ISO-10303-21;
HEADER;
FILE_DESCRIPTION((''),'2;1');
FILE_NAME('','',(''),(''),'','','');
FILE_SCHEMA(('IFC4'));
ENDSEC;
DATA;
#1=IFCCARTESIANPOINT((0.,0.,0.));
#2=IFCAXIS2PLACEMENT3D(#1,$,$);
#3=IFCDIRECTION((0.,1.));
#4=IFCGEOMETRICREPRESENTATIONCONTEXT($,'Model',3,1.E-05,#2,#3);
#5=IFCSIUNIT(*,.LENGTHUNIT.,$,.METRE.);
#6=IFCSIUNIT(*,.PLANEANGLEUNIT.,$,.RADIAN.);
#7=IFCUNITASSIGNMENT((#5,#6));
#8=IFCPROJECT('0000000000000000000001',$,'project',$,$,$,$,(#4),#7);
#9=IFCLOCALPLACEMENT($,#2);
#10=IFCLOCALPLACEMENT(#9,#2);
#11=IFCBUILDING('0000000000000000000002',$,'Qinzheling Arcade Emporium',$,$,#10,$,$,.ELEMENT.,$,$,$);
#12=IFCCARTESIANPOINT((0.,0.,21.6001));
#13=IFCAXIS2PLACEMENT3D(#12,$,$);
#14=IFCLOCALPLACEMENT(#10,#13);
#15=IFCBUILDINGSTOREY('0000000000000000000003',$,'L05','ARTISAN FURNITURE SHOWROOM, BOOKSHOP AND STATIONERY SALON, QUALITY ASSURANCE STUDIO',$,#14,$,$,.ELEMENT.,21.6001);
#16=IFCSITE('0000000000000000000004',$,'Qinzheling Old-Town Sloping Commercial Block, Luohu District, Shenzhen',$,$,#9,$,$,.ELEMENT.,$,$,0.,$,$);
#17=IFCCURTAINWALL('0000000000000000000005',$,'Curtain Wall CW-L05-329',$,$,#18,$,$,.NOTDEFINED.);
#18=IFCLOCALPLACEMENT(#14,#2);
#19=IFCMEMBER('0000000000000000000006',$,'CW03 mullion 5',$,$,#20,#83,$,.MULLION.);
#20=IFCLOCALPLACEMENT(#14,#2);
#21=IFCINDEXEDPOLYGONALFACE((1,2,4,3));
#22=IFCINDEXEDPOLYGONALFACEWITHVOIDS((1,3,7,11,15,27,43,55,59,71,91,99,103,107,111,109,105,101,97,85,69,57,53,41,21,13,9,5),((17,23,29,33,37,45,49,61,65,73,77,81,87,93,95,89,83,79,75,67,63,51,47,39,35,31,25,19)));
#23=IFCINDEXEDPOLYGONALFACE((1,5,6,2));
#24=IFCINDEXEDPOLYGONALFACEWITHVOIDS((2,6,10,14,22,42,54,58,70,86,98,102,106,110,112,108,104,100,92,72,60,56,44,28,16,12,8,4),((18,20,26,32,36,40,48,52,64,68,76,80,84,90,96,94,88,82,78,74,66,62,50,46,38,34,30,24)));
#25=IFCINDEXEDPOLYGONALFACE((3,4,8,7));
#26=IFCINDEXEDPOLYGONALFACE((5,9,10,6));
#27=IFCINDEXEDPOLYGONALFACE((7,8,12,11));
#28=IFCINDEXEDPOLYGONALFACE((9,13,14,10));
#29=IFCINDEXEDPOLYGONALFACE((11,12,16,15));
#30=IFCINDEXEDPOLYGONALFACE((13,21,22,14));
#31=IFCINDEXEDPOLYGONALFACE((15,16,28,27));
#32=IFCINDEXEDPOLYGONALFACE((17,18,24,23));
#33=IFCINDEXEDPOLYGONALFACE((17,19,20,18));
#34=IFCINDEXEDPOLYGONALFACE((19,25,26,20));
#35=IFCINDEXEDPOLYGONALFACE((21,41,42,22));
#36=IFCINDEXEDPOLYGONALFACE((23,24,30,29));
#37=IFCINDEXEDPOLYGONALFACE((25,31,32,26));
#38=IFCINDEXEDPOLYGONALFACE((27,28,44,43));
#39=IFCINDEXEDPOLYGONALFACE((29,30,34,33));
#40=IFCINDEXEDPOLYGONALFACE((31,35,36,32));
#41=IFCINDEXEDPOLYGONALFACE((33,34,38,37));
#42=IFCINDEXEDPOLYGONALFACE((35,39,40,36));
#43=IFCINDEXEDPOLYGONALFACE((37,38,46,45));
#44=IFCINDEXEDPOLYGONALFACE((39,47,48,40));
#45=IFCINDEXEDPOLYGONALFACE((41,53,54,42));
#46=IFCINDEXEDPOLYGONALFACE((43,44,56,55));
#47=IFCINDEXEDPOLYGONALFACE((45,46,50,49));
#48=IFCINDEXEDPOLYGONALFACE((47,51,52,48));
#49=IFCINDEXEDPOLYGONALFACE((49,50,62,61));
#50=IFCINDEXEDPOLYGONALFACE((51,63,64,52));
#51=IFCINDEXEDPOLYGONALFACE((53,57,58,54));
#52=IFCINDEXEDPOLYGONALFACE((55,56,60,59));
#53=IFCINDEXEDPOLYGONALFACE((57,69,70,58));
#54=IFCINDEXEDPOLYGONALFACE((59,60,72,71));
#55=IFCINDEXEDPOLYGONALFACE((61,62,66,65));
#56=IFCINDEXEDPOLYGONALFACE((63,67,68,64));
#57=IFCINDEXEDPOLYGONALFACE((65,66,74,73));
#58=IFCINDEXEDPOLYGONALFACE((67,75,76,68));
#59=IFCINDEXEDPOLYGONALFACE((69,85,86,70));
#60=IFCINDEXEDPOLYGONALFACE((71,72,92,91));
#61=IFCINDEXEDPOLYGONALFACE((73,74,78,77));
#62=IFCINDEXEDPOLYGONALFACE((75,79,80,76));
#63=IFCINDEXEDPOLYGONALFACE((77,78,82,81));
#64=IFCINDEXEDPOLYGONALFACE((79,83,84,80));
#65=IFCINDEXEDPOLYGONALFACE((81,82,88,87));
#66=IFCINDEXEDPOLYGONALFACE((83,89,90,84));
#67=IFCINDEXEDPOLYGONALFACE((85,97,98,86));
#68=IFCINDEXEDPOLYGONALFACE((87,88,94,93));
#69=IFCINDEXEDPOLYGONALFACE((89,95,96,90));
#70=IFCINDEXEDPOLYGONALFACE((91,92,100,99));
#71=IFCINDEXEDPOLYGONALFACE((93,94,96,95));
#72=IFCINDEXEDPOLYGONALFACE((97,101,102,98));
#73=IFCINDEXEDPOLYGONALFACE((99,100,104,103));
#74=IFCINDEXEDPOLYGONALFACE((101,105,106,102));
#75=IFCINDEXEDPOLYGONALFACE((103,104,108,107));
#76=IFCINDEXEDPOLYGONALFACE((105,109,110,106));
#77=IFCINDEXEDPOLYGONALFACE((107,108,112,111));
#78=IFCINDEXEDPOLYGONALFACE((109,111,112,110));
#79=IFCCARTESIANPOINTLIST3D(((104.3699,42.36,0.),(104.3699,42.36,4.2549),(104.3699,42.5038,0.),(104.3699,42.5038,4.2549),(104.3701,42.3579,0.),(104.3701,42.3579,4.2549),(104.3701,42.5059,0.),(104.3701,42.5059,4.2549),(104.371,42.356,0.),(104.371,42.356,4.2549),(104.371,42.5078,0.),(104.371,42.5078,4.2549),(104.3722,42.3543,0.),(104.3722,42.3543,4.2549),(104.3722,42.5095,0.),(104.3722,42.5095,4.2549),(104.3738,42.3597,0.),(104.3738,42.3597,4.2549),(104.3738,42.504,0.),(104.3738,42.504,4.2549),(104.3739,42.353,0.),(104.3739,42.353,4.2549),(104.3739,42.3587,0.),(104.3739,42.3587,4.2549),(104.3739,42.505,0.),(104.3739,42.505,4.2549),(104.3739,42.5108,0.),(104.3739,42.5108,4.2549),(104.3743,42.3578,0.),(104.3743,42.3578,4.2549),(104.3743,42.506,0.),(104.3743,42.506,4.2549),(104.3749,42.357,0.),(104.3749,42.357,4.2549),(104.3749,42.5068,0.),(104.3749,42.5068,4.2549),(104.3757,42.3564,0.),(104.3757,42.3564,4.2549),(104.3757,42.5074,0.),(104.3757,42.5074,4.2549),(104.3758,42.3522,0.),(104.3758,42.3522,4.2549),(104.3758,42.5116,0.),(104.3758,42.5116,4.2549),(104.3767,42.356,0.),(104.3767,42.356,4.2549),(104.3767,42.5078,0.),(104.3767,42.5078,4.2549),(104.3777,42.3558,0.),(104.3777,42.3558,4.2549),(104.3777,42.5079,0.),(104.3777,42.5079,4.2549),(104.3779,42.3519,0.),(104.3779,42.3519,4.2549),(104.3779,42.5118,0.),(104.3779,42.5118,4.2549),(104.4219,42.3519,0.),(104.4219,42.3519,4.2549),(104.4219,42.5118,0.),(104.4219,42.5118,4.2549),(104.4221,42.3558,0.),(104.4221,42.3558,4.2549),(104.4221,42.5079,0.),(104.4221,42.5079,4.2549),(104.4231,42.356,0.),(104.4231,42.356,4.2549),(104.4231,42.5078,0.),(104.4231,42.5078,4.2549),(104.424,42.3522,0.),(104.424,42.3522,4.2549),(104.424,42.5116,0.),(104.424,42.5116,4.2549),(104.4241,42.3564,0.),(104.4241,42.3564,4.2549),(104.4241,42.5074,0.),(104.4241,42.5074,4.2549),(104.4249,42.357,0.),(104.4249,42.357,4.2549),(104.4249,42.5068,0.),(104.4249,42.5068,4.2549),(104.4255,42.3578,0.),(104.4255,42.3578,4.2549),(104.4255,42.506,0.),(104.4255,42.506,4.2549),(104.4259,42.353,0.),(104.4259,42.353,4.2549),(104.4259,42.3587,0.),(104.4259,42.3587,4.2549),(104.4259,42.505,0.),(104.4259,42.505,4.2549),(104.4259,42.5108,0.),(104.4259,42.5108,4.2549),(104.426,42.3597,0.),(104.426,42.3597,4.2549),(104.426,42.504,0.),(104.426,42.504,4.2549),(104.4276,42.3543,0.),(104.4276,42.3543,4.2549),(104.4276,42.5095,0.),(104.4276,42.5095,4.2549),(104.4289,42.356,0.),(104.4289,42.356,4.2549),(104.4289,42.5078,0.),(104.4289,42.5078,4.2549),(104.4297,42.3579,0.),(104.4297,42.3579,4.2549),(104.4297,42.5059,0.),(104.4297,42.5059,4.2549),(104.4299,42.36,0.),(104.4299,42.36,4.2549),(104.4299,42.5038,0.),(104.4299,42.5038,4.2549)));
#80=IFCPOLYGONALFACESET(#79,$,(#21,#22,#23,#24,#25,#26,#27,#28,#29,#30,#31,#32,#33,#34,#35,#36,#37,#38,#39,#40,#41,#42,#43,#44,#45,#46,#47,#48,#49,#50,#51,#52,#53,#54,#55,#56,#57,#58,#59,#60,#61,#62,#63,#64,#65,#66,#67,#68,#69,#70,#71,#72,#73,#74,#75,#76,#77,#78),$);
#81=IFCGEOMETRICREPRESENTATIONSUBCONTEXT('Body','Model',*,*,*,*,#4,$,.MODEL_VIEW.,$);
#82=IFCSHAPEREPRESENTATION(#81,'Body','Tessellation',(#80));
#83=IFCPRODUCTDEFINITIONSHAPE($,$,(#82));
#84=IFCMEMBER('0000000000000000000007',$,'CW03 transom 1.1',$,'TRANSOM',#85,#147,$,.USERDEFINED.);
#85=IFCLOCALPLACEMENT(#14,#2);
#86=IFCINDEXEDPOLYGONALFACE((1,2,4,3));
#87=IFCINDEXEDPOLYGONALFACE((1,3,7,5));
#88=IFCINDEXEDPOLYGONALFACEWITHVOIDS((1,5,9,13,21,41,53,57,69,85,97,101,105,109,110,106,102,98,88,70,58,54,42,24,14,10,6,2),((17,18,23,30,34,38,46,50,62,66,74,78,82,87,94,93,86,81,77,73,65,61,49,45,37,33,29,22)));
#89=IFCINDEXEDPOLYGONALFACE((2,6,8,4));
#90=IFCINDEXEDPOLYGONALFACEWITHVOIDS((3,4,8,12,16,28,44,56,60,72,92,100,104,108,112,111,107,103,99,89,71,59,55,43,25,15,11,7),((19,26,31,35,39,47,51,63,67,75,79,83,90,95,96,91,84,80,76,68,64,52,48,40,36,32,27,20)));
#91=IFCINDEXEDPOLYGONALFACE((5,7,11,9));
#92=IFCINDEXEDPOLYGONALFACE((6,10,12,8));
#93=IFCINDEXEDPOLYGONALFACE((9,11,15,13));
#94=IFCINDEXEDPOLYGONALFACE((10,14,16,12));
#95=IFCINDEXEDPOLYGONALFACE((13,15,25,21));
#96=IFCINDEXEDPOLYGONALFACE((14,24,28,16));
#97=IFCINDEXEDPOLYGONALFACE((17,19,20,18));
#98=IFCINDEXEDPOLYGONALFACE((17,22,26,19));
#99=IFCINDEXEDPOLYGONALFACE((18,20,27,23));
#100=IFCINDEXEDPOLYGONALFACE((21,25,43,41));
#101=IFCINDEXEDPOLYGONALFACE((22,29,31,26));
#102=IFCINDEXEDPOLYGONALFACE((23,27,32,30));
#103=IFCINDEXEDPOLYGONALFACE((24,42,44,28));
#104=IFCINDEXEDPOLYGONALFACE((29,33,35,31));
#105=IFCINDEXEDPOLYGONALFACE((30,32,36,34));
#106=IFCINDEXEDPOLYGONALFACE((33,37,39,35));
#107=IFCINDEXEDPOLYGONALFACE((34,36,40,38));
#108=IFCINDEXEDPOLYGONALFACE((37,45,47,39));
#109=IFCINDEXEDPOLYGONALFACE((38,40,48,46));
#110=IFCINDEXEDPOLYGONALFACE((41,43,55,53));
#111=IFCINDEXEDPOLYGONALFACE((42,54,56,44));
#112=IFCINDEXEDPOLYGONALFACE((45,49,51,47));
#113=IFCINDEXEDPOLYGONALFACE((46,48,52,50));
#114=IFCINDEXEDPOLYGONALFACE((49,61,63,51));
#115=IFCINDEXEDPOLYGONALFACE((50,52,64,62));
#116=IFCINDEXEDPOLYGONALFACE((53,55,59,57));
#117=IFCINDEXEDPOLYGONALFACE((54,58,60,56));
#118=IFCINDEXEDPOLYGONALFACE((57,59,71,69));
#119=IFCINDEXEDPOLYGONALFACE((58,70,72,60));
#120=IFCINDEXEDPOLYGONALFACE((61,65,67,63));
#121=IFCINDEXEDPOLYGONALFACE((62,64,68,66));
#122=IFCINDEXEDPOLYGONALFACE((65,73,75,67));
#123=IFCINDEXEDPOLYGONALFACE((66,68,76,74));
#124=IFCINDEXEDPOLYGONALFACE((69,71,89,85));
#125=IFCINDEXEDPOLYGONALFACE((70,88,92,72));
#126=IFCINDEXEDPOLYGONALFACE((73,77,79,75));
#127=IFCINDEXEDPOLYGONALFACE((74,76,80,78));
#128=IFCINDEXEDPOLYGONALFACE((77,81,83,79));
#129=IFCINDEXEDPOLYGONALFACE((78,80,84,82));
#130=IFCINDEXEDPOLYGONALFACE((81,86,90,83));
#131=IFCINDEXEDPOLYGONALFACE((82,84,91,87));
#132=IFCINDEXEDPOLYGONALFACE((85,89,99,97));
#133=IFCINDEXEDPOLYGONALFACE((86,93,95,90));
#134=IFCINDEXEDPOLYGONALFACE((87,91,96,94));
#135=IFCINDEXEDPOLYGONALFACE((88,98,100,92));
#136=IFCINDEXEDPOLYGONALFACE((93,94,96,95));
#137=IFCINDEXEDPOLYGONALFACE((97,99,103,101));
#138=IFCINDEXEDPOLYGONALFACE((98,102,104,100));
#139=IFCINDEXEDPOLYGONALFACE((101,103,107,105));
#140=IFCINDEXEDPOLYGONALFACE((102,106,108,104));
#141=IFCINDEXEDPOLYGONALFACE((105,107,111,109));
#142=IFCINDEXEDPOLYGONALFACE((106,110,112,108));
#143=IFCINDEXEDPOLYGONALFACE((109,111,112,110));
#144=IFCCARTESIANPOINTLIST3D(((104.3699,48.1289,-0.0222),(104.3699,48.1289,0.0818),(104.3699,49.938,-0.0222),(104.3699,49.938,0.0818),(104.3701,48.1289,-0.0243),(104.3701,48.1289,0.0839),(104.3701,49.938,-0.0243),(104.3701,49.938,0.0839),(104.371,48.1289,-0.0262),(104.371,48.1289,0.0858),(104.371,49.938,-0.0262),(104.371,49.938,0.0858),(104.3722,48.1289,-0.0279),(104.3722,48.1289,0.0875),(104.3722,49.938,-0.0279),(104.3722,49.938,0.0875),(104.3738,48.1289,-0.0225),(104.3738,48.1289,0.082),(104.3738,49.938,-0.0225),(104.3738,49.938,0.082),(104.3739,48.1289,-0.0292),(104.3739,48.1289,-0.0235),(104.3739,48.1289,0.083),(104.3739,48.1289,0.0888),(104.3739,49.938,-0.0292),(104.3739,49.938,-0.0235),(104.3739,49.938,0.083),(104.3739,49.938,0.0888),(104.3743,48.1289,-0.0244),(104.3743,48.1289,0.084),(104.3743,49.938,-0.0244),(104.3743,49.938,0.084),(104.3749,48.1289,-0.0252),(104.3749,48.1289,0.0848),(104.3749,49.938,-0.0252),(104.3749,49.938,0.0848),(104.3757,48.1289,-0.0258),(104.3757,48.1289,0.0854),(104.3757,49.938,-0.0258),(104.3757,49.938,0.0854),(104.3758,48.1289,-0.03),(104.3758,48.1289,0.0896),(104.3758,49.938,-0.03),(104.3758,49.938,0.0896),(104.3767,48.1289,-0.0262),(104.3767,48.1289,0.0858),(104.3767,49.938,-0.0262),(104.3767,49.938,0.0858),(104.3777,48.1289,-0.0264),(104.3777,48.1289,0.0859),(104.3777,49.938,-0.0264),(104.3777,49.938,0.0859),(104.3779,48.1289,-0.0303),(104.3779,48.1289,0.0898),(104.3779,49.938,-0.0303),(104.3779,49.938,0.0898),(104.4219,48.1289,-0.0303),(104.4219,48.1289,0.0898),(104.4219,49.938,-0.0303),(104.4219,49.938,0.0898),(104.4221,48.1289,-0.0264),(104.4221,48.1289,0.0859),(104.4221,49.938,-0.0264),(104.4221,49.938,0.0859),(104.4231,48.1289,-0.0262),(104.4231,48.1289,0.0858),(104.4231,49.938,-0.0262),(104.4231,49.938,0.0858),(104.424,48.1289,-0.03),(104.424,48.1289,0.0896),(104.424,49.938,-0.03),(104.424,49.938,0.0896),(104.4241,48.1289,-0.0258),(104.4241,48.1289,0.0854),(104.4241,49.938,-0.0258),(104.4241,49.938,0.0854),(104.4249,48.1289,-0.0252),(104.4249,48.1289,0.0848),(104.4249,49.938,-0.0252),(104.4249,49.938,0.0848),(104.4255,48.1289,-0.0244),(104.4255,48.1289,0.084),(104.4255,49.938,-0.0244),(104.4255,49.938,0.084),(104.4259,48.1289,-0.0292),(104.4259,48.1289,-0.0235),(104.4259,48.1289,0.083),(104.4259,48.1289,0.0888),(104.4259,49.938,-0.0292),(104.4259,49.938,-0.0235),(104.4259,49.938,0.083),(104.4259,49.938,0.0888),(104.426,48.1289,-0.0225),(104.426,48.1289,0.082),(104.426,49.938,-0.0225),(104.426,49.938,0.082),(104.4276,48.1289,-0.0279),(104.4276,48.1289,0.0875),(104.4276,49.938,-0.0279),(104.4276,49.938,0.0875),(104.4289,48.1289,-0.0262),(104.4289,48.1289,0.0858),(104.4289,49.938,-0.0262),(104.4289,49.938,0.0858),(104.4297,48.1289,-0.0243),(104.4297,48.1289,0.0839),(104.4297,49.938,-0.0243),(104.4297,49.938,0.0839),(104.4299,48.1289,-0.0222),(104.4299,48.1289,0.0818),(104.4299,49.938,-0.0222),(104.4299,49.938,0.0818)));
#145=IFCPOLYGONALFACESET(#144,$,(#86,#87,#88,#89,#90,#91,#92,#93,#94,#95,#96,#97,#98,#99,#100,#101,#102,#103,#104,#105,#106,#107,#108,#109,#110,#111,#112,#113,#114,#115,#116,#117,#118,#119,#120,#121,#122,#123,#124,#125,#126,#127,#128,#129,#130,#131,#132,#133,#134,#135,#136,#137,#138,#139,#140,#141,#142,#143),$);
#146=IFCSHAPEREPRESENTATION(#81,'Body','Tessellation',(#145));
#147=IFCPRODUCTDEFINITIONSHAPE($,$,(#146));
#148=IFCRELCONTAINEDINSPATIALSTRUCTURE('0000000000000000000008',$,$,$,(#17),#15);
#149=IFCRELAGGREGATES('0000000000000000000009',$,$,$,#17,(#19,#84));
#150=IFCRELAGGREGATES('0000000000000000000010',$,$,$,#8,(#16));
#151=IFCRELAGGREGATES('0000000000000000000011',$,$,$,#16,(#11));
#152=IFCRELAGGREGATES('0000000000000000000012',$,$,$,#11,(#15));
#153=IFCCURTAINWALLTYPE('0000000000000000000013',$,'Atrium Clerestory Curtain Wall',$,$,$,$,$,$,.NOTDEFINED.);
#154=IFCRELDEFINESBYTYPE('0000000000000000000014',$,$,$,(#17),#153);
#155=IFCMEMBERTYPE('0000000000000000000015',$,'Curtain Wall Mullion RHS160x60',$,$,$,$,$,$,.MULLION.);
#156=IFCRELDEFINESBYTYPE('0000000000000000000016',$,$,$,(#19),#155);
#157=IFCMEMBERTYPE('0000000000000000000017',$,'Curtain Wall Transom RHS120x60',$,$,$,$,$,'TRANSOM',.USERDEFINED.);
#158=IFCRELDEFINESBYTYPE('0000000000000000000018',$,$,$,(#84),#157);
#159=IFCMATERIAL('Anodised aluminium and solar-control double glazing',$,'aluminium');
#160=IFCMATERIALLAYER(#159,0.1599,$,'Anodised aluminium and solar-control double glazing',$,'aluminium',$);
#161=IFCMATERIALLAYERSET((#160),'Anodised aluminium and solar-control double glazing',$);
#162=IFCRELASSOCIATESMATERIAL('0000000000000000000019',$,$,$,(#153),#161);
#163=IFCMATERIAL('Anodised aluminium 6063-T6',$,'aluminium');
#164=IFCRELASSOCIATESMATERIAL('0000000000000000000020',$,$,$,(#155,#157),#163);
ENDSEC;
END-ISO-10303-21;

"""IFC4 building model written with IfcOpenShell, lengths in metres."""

from ifc_helpers import new_model, si_unit, direction, frame, origin, origin_2d, place, context, subcontext, project, spatial, hollow_rectangle, extrude, material, layer, layer_set, material_profile, profile_set, type_object, element, aggregate, save


model = new_model("IFC4")

# Units and contexts
model_context = context("Model", 3, precision=1e-05, world=origin(), true_north=direction((0.0, 1.0)))
body_context = subcontext(model_context, "Body", "Model", "MODEL_VIEW")
ifc_project = project(units=[si_unit("LENGTHUNIT", "METRE"), si_unit("PLANEANGLEUNIT", "RADIAN")], contexts=[model_context])

# Site, building, storey
site_placement = place(None, origin())
site = spatial("IfcSite", under=ifc_project, at=site_placement, Name="Qinzheling Old-Town Sloping Commercial Block, Luohu District, Shenzhen", CompositionType="ELEMENT", RefElevation=0.0)
building_placement = place(site_placement, origin())
building = spatial("IfcBuilding", under=site, at=building_placement, Name="Qinzheling Arcade Emporium", CompositionType="ELEMENT")
storey_placement = place(building_placement, frame((0.0, 0.0, 21.6001)))
storey = spatial("IfcBuildingStorey", under=building, at=storey_placement, Name="L05", Description="ARTISAN FURNITURE SHOWROOM, BOOKSHOP AND STATIONERY SALON, QUALITY ASSURANCE STUDIO", CompositionType="ELEMENT", Elevation=21.6001)

# Curtain wall, members
ifc_material_1 = material(Name="Anodised aluminium and solar-control double glazing", Category="aluminium")
ifc_layer_1 = layer(ifc_material_1, 0.1599, Name="Anodised aluminium and solar-control double glazing", Category="aluminium")
ifc_layer_set_1 = layer_set([ifc_layer_1], Name="Anodised aluminium and solar-control double glazing")
curtain_wall_type = type_object("IfcCurtainWallType", Name="Atrium Clerestory Curtain Wall", PredefinedType="NOTDEFINED", material=ifc_layer_set_1)
curtain_wall_placement = place(storey_placement, origin())
curtain_wall = element("IfcCurtainWall", 1, at=curtain_wall_placement, inside=storey, type_object=curtain_wall_type, Name="Curtain Wall CW-L05-329", PredefinedType="NOTDEFINED")
ifc_material_2 = material(Name="Anodised aluminium 6063-T6", Category="aluminium")
ifc_material_profile_1 = material_profile(ifc_material_2, hollow_rectangle(XDim=0.0601, YDim=0.1599, WallThickness=0.0039, InnerFilletRadius=0.0039, OuterFilletRadius=0.0081, at=origin_2d()), Name="RHS 160x60x4", Category="aluminium")
ifc_profile_set_1 = profile_set([ifc_material_profile_1], Name="Anodised aluminium 6063-T6")
member_type_1 = type_object("IfcMemberType", Name="Curtain Wall Mullion RHS160x60", PredefinedType="MULLION", material=ifc_profile_set_1)
member_1_placement = place(storey_placement, frame((104.3999, 42.4319, 0.0), z_axis=(0.0, 0.0, 1.0), x_axis=(1.0, 0.0, 0.0)))
member_1 = element("IfcMember", 2, at=member_1_placement, type_object=member_type_1, Name="CW03 mullion 5", PredefinedType="MULLION", context=body_context, shape_type="SweptSolid", body=[
    extrude(hollow_rectangle(XDim=0.0601, YDim=0.1599, WallThickness=0.0039, InnerFilletRadius=0.0039, OuterFilletRadius=0.0081, at=origin_2d()), origin(), (0.0, 0.0, 1.0), 4.2549),
])
ifc_material_profile_2 = material_profile(ifc_material_2, hollow_rectangle(XDim=0.0601, YDim=0.1201, WallThickness=0.0039, InnerFilletRadius=0.0039, OuterFilletRadius=0.0081, at=origin_2d()), Name="RHS 120x60x4", Category="aluminium")
ifc_profile_set_2 = profile_set([ifc_material_profile_2], Name="Anodised aluminium 6063-T6")
member_type_2 = type_object("IfcMemberType", Name="Curtain Wall Transom RHS120x60", ElementType="TRANSOM", PredefinedType="USERDEFINED", material=ifc_profile_set_2)
member_2_placement = place(storey_placement, frame((104.3999, 49.938, 0.0298), z_axis=(0.0, -1.0, 0.0), x_axis=(1.0, 0.0, 0.0)))
member_2 = element("IfcMember", 3, at=member_2_placement, type_object=member_type_2, Name="CW03 transom 1.1", ObjectType="TRANSOM", PredefinedType="USERDEFINED", context=body_context, shape_type="SweptSolid", body=[
    extrude(hollow_rectangle(XDim=0.0601, YDim=0.1201, WallThickness=0.0039, InnerFilletRadius=0.0039, OuterFilletRadius=0.0081, at=origin_2d()), origin(), (0.0, 0.0, 1.0), 1.8091),
])
aggregate(curtain_wall, [member_1, member_2])

save(model, "model.ifc")
